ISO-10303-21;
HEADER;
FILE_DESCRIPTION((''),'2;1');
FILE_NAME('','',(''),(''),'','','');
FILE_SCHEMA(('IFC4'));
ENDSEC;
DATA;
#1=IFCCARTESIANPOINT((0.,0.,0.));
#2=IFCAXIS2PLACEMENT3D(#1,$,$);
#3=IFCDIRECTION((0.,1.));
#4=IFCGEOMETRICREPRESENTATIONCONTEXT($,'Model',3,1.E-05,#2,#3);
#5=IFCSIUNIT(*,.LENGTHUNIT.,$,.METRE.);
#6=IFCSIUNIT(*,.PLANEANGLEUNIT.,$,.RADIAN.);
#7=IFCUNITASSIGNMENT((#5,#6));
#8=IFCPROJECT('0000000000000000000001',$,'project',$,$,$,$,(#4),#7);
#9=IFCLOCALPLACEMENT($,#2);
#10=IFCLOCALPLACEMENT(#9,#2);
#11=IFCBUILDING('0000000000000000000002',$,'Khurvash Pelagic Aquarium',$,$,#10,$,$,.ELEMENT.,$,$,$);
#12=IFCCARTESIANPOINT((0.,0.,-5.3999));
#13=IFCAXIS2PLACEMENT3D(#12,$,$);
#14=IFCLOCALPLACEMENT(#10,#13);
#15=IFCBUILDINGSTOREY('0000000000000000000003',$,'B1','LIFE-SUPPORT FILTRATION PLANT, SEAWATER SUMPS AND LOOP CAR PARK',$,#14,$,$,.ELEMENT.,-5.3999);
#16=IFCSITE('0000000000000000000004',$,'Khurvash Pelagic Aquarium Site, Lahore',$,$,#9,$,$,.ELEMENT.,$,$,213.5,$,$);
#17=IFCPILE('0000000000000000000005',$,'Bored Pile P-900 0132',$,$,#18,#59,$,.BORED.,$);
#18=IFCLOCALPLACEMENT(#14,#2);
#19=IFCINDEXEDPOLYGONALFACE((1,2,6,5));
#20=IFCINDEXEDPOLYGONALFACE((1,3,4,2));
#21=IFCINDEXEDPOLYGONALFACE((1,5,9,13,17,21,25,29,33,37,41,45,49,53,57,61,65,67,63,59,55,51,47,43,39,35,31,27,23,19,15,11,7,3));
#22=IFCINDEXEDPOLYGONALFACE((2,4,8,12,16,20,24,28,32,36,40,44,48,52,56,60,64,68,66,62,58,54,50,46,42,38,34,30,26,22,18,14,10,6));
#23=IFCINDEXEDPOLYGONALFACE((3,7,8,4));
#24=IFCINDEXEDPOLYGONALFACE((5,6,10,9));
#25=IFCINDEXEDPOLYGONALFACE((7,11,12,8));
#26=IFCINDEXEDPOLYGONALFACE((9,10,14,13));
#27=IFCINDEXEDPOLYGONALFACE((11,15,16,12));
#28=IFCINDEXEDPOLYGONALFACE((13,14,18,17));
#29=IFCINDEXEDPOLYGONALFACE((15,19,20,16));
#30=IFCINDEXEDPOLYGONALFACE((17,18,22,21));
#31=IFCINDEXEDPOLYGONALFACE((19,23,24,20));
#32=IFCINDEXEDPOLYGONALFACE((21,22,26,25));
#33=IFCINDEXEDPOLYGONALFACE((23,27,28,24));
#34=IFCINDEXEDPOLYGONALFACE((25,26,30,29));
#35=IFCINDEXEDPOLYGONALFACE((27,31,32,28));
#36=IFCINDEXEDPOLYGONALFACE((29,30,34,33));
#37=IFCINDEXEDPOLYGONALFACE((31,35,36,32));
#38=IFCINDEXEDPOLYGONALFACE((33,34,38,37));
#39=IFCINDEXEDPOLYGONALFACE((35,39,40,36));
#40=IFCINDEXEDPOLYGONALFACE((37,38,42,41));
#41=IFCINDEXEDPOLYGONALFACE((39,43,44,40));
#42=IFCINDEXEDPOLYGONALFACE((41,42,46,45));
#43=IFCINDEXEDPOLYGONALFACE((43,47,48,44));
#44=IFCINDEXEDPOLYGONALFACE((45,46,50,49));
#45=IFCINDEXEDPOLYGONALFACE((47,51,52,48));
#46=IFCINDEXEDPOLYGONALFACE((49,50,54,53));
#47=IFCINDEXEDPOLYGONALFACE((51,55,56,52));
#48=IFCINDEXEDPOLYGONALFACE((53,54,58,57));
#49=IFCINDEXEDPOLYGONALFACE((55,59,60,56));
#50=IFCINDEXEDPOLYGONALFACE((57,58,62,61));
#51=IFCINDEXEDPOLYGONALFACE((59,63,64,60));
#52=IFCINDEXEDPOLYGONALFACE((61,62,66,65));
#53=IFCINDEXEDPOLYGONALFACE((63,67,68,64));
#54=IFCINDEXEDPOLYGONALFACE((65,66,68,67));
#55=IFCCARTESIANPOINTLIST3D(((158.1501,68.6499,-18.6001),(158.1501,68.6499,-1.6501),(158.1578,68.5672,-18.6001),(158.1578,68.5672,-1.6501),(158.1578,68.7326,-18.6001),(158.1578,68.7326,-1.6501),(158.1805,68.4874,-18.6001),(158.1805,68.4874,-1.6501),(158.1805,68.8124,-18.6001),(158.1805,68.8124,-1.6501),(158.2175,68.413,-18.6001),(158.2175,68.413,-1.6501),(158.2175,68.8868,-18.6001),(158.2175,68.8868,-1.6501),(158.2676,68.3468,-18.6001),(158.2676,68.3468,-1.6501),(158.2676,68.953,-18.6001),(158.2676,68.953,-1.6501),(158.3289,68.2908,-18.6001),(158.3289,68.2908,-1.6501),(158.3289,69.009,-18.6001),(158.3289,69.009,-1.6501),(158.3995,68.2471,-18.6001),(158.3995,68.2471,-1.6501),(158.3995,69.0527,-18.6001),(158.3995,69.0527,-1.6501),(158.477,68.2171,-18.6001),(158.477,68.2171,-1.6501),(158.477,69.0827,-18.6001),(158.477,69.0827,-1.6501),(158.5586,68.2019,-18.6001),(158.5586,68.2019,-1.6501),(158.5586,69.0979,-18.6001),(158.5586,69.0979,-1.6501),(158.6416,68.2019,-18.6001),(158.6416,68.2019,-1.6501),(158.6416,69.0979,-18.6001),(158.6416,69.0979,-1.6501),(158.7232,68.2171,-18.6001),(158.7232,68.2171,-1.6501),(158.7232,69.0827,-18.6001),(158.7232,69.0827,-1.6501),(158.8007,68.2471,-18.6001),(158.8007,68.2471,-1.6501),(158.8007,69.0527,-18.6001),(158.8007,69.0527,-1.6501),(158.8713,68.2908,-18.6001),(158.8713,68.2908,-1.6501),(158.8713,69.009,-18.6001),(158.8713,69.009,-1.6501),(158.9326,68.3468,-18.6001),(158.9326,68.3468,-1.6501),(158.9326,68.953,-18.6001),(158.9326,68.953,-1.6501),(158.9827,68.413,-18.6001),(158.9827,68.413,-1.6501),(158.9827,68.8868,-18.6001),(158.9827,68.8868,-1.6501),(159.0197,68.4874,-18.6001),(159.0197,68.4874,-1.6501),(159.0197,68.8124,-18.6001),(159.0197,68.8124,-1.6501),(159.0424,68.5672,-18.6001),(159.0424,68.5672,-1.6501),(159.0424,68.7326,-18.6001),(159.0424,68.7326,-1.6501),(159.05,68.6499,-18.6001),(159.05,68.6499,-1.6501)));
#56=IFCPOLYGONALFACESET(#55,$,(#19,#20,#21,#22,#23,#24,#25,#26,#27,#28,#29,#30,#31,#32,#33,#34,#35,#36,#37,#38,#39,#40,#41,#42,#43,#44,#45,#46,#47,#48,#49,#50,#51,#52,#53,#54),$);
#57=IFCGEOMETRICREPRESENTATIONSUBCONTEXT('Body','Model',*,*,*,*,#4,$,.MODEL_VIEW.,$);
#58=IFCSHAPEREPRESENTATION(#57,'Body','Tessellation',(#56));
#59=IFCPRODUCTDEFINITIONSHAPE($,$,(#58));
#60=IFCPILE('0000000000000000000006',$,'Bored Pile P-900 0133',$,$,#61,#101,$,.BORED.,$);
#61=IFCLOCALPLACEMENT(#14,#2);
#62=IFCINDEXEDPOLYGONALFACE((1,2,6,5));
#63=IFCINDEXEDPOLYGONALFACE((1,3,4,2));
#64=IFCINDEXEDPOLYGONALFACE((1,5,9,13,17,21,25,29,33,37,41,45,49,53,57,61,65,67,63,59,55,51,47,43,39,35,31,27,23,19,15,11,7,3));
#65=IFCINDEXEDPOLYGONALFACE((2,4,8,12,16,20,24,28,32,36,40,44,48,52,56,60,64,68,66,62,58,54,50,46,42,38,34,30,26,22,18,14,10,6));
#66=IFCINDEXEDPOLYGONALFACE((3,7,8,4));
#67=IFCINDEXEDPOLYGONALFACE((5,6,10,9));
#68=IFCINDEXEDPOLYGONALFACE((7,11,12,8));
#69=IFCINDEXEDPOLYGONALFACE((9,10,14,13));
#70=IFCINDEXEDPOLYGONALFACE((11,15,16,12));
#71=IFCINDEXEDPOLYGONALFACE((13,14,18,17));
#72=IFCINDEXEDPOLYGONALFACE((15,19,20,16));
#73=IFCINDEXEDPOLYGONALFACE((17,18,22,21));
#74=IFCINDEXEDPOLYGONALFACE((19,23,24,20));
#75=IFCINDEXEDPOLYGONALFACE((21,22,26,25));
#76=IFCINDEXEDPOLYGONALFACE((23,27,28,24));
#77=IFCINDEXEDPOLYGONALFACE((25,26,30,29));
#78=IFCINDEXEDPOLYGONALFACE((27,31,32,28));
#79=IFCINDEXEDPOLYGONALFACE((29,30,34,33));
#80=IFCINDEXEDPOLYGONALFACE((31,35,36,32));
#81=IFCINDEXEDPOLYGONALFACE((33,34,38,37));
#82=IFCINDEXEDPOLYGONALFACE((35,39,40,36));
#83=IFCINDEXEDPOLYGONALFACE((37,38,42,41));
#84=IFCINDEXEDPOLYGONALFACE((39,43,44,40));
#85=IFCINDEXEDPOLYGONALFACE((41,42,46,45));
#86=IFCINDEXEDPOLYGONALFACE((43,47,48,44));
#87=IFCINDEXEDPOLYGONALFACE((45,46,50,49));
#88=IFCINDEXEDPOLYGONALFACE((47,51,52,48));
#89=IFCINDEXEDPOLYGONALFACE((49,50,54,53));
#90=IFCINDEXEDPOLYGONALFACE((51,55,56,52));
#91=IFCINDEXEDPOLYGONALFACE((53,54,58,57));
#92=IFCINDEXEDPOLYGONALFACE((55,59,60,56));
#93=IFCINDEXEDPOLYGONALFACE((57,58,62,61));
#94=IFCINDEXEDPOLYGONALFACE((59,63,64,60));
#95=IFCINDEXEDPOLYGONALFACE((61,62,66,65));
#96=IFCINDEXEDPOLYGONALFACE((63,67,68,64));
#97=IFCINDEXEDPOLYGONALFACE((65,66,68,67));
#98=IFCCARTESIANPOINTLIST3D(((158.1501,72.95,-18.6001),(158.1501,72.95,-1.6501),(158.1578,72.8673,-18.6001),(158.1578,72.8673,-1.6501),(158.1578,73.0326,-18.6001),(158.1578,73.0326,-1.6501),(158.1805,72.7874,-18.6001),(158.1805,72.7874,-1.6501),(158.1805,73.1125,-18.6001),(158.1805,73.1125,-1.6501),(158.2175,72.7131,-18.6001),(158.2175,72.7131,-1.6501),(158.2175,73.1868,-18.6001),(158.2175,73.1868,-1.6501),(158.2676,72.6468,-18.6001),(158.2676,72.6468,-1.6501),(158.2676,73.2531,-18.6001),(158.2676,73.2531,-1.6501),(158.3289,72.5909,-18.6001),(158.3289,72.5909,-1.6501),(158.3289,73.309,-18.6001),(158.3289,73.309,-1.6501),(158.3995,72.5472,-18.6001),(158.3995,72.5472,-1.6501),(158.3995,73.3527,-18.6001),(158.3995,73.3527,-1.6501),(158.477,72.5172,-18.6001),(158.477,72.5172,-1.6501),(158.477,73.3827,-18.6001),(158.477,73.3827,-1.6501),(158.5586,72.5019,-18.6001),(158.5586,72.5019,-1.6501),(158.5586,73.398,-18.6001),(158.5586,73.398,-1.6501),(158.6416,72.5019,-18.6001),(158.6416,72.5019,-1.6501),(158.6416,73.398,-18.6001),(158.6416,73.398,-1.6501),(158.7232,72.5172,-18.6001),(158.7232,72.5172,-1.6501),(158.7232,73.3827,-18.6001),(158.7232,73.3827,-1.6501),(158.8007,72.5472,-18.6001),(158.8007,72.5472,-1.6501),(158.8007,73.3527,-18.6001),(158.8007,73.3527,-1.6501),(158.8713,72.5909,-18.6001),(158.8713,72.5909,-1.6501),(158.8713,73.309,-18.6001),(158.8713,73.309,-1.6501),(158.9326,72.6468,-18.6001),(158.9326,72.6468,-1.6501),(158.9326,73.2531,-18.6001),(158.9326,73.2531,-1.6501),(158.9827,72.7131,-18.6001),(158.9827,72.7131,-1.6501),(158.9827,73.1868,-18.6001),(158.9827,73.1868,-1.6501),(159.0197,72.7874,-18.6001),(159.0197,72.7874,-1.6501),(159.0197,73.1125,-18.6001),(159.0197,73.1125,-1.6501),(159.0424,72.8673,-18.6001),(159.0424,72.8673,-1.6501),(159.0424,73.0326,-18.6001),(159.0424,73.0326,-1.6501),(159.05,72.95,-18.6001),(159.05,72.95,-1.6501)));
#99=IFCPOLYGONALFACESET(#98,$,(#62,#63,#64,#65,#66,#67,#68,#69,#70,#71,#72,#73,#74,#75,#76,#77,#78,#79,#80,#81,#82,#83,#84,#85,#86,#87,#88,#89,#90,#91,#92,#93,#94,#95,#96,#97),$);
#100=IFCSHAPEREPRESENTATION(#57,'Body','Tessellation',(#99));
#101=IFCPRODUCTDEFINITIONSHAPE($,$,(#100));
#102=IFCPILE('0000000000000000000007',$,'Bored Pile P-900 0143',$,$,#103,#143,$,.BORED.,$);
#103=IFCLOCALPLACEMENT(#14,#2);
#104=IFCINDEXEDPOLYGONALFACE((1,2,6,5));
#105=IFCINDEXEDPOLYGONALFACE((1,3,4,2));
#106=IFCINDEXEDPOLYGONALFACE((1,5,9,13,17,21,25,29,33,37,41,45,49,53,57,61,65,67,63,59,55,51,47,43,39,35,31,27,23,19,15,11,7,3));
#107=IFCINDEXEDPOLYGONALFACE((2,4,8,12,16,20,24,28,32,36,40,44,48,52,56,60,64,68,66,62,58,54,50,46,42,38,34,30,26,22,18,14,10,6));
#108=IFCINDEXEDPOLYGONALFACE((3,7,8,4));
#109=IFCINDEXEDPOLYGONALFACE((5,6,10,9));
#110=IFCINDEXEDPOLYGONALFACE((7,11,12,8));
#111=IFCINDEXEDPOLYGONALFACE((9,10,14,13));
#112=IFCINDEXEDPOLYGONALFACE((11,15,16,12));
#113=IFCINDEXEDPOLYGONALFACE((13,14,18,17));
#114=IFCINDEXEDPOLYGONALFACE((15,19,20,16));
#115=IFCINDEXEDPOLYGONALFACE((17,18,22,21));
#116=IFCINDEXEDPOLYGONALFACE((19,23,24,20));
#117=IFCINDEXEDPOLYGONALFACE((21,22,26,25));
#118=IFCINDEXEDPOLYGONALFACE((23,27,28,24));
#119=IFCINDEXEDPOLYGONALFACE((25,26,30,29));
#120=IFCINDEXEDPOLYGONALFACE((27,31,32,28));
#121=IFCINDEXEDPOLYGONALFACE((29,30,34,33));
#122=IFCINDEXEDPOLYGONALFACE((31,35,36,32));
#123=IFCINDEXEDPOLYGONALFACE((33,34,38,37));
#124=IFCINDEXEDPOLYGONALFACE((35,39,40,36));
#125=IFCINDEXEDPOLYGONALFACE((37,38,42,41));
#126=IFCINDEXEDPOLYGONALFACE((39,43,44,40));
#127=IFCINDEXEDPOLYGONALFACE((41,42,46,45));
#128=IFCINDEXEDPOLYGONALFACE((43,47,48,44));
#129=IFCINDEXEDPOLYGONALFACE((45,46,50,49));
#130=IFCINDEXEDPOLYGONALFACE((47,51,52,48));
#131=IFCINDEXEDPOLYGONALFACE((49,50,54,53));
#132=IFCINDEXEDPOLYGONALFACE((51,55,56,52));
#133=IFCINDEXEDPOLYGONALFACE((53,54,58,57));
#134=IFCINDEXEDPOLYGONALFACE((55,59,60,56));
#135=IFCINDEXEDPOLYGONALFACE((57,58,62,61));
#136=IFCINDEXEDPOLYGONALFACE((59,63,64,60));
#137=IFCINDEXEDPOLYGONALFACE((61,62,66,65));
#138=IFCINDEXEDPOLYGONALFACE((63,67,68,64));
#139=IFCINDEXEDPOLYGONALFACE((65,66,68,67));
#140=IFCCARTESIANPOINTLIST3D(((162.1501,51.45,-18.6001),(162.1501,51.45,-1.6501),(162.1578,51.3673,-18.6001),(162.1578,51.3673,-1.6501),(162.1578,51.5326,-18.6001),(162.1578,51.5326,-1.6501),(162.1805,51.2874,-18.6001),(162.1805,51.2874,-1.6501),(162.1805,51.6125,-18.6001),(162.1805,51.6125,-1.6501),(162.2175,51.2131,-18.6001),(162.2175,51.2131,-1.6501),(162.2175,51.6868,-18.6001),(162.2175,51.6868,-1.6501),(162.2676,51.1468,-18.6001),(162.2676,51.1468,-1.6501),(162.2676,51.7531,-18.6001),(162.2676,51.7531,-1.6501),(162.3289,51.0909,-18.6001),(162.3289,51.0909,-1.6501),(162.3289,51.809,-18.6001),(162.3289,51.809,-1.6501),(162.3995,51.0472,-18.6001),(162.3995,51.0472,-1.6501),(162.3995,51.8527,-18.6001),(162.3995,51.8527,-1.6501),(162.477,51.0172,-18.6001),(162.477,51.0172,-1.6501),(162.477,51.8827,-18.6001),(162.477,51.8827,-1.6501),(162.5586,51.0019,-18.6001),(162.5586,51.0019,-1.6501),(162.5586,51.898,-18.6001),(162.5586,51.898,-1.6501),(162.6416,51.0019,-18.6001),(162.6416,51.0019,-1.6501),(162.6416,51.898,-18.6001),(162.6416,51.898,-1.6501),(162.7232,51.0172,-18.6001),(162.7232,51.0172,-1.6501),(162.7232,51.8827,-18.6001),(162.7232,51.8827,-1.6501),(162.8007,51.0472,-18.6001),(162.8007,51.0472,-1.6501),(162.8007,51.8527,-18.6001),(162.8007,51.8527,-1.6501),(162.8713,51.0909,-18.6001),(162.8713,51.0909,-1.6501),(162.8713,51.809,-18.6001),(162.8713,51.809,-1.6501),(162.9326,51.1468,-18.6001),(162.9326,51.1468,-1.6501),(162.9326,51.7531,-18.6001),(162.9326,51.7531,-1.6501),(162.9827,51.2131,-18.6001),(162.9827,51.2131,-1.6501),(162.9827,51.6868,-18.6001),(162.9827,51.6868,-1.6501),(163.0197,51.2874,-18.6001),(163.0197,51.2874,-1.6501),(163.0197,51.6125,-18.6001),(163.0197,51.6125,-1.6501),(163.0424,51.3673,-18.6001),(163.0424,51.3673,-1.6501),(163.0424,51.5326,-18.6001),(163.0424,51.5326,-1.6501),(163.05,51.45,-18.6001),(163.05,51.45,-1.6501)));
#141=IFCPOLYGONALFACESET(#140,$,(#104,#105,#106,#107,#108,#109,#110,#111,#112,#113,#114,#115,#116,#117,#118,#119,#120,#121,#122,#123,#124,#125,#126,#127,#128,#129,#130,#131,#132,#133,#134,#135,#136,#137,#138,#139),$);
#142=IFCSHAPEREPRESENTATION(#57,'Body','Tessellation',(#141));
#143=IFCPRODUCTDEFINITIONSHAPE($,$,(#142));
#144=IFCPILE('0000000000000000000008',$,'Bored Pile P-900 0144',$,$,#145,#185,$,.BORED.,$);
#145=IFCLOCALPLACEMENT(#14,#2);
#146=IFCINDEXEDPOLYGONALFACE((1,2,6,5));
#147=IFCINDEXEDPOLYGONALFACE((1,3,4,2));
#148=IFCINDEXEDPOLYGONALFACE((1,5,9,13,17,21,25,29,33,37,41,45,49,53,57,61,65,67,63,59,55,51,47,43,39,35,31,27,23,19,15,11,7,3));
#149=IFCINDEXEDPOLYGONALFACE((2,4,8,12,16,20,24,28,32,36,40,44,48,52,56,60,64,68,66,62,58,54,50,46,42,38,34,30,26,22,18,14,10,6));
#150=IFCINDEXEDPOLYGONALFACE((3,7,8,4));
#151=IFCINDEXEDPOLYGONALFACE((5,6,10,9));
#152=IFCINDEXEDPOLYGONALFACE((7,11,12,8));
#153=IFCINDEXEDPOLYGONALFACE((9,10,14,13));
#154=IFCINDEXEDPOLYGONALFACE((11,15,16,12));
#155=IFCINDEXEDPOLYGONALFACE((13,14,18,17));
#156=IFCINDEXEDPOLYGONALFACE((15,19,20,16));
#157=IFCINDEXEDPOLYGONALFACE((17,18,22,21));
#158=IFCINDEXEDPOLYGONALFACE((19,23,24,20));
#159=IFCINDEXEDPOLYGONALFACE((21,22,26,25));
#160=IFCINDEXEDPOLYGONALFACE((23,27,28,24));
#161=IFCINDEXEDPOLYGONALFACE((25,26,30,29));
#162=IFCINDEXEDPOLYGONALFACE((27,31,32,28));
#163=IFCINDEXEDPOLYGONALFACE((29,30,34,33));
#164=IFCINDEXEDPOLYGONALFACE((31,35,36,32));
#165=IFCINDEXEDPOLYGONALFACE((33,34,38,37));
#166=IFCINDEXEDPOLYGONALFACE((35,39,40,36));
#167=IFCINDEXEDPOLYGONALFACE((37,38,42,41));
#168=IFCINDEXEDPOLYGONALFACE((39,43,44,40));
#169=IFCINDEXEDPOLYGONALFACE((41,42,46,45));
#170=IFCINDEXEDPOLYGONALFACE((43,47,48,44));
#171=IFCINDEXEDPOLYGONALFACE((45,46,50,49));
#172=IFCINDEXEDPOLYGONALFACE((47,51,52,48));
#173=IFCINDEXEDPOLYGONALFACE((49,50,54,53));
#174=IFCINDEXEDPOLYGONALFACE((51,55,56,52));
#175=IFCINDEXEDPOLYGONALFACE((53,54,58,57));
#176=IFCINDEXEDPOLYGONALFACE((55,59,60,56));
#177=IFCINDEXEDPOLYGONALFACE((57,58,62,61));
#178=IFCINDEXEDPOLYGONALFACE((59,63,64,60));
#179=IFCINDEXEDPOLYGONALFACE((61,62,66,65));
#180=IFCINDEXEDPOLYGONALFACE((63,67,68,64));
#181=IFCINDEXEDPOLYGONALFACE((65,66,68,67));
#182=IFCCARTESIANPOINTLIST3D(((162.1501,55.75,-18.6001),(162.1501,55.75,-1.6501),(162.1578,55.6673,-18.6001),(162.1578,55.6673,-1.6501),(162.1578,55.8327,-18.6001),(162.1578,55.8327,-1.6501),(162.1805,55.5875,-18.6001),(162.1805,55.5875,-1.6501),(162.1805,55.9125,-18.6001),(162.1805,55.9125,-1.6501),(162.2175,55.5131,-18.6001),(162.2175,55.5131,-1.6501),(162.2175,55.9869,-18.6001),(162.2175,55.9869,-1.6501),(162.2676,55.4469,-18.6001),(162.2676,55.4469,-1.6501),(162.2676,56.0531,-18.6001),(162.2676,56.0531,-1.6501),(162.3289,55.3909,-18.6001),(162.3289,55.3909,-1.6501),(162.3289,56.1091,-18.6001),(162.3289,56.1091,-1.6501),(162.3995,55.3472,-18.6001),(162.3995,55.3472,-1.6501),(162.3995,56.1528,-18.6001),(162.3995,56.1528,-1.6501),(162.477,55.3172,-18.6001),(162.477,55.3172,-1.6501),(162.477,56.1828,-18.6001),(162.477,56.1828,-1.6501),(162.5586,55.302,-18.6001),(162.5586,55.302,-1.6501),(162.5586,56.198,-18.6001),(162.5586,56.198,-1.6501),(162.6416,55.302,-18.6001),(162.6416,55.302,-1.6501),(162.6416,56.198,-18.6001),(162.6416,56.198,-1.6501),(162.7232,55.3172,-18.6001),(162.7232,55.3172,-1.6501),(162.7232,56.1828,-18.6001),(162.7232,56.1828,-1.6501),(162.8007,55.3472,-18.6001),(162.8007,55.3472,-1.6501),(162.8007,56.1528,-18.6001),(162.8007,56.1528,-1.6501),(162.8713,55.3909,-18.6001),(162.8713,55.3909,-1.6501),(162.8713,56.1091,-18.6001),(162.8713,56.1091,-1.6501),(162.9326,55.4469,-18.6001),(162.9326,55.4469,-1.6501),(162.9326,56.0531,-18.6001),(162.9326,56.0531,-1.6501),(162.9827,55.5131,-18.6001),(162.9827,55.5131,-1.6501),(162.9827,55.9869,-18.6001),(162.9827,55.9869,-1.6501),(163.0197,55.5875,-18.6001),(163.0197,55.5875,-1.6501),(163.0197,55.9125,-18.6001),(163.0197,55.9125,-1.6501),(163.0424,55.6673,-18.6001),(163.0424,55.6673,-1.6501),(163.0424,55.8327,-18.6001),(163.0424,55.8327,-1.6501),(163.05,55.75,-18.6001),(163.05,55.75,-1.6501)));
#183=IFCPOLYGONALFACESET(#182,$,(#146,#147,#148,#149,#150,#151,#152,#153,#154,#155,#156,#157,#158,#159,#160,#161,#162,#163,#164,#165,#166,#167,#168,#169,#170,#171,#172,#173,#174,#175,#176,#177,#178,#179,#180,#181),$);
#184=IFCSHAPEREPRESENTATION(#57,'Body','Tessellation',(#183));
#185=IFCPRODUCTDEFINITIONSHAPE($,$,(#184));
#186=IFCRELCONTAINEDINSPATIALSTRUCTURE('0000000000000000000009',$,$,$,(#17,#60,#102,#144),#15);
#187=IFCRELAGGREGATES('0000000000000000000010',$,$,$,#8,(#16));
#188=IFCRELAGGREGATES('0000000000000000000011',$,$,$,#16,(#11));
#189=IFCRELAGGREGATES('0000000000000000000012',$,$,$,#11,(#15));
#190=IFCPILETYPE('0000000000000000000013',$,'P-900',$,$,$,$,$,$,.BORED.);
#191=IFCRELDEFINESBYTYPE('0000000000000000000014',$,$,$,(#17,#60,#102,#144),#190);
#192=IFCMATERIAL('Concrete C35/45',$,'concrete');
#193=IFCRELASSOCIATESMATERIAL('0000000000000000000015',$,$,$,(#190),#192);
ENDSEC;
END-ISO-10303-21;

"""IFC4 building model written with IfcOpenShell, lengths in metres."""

from ifc_helpers import new_model, si_unit, direction, frame, origin, origin_2d, place, context, subcontext, project, spatial, circle, extrude, material, material_profile, profile_set, type_object, element, save


model = new_model("IFC4")

# Units and contexts
model_context = context("Model", 3, precision=1e-05, world=origin(), true_north=direction((0.0, 1.0)))
body_context = subcontext(model_context, "Body", "Model", "MODEL_VIEW")
ifc_project = project(units=[si_unit("LENGTHUNIT", "METRE"), si_unit("PLANEANGLEUNIT", "RADIAN")], contexts=[model_context])

# Site, building, storey
site_placement = place(None, origin())
site = spatial("IfcSite", under=ifc_project, at=site_placement, Name="Khurvash Pelagic Aquarium Site, Lahore", CompositionType="ELEMENT", RefElevation=213.5)
building_placement = place(site_placement, origin())
building = spatial("IfcBuilding", under=site, at=building_placement, Name="Khurvash Pelagic Aquarium", CompositionType="ELEMENT")
storey_placement = place(building_placement, frame((0.0, 0.0, -5.3999)))
storey = spatial("IfcBuildingStorey", under=building, at=storey_placement, Name="B1", Description="LIFE-SUPPORT FILTRATION PLANT, SEAWATER SUMPS AND LOOP CAR PARK", CompositionType="ELEMENT", Elevation=-5.3999)

# Piles
ifc_material_1 = material(Name="Concrete C35/45", Category="concrete")
ifc_material_profile_1 = material_profile(ifc_material_1, circle(Radius=0.45, at=origin_2d()), Name="PILE900")
ifc_profile_set_1 = profile_set([ifc_material_profile_1], Name="Concrete C35/45")
pile_type = type_object("IfcPileType", Name="P-900", PredefinedType="BORED", material=ifc_profile_set_1)
for number, where, z_axis, x_axis, name in (
    (1, (158.6001, 68.6499, -1.6501), (0.0, 0.0, -1.0), (1.0, 0.0, 0.0), "Bored Pile P-900 0132"),
    (2, (158.6001, 72.95, -1.6501), (0.0, 0.0, -1.0), (1.0, 0.0, 0.0), "Bored Pile P-900 0133"),
    (3, (162.6001, 51.45, -1.6501), (0.0, 0.0, -1.0), (1.0, 0.0, 0.0), "Bored Pile P-900 0143"),
    (4, (162.6001, 55.75, -1.6501), (0.0, 0.0, -1.0), (1.0, 0.0, 0.0), "Bored Pile P-900 0144"),
):
    element("IfcPile", number, at=place(storey_placement, frame(where, z_axis=z_axis, x_axis=x_axis)), inside=storey, type_object=pile_type, Name=name, PredefinedType="BORED", context=body_context, shape_type="SweptSolid", body=[
        extrude(circle(Radius=0.45, at=origin_2d()), origin(), (0.0, 0.0, 1.0), 16.95),
    ])

save(model, "model.ifc")
